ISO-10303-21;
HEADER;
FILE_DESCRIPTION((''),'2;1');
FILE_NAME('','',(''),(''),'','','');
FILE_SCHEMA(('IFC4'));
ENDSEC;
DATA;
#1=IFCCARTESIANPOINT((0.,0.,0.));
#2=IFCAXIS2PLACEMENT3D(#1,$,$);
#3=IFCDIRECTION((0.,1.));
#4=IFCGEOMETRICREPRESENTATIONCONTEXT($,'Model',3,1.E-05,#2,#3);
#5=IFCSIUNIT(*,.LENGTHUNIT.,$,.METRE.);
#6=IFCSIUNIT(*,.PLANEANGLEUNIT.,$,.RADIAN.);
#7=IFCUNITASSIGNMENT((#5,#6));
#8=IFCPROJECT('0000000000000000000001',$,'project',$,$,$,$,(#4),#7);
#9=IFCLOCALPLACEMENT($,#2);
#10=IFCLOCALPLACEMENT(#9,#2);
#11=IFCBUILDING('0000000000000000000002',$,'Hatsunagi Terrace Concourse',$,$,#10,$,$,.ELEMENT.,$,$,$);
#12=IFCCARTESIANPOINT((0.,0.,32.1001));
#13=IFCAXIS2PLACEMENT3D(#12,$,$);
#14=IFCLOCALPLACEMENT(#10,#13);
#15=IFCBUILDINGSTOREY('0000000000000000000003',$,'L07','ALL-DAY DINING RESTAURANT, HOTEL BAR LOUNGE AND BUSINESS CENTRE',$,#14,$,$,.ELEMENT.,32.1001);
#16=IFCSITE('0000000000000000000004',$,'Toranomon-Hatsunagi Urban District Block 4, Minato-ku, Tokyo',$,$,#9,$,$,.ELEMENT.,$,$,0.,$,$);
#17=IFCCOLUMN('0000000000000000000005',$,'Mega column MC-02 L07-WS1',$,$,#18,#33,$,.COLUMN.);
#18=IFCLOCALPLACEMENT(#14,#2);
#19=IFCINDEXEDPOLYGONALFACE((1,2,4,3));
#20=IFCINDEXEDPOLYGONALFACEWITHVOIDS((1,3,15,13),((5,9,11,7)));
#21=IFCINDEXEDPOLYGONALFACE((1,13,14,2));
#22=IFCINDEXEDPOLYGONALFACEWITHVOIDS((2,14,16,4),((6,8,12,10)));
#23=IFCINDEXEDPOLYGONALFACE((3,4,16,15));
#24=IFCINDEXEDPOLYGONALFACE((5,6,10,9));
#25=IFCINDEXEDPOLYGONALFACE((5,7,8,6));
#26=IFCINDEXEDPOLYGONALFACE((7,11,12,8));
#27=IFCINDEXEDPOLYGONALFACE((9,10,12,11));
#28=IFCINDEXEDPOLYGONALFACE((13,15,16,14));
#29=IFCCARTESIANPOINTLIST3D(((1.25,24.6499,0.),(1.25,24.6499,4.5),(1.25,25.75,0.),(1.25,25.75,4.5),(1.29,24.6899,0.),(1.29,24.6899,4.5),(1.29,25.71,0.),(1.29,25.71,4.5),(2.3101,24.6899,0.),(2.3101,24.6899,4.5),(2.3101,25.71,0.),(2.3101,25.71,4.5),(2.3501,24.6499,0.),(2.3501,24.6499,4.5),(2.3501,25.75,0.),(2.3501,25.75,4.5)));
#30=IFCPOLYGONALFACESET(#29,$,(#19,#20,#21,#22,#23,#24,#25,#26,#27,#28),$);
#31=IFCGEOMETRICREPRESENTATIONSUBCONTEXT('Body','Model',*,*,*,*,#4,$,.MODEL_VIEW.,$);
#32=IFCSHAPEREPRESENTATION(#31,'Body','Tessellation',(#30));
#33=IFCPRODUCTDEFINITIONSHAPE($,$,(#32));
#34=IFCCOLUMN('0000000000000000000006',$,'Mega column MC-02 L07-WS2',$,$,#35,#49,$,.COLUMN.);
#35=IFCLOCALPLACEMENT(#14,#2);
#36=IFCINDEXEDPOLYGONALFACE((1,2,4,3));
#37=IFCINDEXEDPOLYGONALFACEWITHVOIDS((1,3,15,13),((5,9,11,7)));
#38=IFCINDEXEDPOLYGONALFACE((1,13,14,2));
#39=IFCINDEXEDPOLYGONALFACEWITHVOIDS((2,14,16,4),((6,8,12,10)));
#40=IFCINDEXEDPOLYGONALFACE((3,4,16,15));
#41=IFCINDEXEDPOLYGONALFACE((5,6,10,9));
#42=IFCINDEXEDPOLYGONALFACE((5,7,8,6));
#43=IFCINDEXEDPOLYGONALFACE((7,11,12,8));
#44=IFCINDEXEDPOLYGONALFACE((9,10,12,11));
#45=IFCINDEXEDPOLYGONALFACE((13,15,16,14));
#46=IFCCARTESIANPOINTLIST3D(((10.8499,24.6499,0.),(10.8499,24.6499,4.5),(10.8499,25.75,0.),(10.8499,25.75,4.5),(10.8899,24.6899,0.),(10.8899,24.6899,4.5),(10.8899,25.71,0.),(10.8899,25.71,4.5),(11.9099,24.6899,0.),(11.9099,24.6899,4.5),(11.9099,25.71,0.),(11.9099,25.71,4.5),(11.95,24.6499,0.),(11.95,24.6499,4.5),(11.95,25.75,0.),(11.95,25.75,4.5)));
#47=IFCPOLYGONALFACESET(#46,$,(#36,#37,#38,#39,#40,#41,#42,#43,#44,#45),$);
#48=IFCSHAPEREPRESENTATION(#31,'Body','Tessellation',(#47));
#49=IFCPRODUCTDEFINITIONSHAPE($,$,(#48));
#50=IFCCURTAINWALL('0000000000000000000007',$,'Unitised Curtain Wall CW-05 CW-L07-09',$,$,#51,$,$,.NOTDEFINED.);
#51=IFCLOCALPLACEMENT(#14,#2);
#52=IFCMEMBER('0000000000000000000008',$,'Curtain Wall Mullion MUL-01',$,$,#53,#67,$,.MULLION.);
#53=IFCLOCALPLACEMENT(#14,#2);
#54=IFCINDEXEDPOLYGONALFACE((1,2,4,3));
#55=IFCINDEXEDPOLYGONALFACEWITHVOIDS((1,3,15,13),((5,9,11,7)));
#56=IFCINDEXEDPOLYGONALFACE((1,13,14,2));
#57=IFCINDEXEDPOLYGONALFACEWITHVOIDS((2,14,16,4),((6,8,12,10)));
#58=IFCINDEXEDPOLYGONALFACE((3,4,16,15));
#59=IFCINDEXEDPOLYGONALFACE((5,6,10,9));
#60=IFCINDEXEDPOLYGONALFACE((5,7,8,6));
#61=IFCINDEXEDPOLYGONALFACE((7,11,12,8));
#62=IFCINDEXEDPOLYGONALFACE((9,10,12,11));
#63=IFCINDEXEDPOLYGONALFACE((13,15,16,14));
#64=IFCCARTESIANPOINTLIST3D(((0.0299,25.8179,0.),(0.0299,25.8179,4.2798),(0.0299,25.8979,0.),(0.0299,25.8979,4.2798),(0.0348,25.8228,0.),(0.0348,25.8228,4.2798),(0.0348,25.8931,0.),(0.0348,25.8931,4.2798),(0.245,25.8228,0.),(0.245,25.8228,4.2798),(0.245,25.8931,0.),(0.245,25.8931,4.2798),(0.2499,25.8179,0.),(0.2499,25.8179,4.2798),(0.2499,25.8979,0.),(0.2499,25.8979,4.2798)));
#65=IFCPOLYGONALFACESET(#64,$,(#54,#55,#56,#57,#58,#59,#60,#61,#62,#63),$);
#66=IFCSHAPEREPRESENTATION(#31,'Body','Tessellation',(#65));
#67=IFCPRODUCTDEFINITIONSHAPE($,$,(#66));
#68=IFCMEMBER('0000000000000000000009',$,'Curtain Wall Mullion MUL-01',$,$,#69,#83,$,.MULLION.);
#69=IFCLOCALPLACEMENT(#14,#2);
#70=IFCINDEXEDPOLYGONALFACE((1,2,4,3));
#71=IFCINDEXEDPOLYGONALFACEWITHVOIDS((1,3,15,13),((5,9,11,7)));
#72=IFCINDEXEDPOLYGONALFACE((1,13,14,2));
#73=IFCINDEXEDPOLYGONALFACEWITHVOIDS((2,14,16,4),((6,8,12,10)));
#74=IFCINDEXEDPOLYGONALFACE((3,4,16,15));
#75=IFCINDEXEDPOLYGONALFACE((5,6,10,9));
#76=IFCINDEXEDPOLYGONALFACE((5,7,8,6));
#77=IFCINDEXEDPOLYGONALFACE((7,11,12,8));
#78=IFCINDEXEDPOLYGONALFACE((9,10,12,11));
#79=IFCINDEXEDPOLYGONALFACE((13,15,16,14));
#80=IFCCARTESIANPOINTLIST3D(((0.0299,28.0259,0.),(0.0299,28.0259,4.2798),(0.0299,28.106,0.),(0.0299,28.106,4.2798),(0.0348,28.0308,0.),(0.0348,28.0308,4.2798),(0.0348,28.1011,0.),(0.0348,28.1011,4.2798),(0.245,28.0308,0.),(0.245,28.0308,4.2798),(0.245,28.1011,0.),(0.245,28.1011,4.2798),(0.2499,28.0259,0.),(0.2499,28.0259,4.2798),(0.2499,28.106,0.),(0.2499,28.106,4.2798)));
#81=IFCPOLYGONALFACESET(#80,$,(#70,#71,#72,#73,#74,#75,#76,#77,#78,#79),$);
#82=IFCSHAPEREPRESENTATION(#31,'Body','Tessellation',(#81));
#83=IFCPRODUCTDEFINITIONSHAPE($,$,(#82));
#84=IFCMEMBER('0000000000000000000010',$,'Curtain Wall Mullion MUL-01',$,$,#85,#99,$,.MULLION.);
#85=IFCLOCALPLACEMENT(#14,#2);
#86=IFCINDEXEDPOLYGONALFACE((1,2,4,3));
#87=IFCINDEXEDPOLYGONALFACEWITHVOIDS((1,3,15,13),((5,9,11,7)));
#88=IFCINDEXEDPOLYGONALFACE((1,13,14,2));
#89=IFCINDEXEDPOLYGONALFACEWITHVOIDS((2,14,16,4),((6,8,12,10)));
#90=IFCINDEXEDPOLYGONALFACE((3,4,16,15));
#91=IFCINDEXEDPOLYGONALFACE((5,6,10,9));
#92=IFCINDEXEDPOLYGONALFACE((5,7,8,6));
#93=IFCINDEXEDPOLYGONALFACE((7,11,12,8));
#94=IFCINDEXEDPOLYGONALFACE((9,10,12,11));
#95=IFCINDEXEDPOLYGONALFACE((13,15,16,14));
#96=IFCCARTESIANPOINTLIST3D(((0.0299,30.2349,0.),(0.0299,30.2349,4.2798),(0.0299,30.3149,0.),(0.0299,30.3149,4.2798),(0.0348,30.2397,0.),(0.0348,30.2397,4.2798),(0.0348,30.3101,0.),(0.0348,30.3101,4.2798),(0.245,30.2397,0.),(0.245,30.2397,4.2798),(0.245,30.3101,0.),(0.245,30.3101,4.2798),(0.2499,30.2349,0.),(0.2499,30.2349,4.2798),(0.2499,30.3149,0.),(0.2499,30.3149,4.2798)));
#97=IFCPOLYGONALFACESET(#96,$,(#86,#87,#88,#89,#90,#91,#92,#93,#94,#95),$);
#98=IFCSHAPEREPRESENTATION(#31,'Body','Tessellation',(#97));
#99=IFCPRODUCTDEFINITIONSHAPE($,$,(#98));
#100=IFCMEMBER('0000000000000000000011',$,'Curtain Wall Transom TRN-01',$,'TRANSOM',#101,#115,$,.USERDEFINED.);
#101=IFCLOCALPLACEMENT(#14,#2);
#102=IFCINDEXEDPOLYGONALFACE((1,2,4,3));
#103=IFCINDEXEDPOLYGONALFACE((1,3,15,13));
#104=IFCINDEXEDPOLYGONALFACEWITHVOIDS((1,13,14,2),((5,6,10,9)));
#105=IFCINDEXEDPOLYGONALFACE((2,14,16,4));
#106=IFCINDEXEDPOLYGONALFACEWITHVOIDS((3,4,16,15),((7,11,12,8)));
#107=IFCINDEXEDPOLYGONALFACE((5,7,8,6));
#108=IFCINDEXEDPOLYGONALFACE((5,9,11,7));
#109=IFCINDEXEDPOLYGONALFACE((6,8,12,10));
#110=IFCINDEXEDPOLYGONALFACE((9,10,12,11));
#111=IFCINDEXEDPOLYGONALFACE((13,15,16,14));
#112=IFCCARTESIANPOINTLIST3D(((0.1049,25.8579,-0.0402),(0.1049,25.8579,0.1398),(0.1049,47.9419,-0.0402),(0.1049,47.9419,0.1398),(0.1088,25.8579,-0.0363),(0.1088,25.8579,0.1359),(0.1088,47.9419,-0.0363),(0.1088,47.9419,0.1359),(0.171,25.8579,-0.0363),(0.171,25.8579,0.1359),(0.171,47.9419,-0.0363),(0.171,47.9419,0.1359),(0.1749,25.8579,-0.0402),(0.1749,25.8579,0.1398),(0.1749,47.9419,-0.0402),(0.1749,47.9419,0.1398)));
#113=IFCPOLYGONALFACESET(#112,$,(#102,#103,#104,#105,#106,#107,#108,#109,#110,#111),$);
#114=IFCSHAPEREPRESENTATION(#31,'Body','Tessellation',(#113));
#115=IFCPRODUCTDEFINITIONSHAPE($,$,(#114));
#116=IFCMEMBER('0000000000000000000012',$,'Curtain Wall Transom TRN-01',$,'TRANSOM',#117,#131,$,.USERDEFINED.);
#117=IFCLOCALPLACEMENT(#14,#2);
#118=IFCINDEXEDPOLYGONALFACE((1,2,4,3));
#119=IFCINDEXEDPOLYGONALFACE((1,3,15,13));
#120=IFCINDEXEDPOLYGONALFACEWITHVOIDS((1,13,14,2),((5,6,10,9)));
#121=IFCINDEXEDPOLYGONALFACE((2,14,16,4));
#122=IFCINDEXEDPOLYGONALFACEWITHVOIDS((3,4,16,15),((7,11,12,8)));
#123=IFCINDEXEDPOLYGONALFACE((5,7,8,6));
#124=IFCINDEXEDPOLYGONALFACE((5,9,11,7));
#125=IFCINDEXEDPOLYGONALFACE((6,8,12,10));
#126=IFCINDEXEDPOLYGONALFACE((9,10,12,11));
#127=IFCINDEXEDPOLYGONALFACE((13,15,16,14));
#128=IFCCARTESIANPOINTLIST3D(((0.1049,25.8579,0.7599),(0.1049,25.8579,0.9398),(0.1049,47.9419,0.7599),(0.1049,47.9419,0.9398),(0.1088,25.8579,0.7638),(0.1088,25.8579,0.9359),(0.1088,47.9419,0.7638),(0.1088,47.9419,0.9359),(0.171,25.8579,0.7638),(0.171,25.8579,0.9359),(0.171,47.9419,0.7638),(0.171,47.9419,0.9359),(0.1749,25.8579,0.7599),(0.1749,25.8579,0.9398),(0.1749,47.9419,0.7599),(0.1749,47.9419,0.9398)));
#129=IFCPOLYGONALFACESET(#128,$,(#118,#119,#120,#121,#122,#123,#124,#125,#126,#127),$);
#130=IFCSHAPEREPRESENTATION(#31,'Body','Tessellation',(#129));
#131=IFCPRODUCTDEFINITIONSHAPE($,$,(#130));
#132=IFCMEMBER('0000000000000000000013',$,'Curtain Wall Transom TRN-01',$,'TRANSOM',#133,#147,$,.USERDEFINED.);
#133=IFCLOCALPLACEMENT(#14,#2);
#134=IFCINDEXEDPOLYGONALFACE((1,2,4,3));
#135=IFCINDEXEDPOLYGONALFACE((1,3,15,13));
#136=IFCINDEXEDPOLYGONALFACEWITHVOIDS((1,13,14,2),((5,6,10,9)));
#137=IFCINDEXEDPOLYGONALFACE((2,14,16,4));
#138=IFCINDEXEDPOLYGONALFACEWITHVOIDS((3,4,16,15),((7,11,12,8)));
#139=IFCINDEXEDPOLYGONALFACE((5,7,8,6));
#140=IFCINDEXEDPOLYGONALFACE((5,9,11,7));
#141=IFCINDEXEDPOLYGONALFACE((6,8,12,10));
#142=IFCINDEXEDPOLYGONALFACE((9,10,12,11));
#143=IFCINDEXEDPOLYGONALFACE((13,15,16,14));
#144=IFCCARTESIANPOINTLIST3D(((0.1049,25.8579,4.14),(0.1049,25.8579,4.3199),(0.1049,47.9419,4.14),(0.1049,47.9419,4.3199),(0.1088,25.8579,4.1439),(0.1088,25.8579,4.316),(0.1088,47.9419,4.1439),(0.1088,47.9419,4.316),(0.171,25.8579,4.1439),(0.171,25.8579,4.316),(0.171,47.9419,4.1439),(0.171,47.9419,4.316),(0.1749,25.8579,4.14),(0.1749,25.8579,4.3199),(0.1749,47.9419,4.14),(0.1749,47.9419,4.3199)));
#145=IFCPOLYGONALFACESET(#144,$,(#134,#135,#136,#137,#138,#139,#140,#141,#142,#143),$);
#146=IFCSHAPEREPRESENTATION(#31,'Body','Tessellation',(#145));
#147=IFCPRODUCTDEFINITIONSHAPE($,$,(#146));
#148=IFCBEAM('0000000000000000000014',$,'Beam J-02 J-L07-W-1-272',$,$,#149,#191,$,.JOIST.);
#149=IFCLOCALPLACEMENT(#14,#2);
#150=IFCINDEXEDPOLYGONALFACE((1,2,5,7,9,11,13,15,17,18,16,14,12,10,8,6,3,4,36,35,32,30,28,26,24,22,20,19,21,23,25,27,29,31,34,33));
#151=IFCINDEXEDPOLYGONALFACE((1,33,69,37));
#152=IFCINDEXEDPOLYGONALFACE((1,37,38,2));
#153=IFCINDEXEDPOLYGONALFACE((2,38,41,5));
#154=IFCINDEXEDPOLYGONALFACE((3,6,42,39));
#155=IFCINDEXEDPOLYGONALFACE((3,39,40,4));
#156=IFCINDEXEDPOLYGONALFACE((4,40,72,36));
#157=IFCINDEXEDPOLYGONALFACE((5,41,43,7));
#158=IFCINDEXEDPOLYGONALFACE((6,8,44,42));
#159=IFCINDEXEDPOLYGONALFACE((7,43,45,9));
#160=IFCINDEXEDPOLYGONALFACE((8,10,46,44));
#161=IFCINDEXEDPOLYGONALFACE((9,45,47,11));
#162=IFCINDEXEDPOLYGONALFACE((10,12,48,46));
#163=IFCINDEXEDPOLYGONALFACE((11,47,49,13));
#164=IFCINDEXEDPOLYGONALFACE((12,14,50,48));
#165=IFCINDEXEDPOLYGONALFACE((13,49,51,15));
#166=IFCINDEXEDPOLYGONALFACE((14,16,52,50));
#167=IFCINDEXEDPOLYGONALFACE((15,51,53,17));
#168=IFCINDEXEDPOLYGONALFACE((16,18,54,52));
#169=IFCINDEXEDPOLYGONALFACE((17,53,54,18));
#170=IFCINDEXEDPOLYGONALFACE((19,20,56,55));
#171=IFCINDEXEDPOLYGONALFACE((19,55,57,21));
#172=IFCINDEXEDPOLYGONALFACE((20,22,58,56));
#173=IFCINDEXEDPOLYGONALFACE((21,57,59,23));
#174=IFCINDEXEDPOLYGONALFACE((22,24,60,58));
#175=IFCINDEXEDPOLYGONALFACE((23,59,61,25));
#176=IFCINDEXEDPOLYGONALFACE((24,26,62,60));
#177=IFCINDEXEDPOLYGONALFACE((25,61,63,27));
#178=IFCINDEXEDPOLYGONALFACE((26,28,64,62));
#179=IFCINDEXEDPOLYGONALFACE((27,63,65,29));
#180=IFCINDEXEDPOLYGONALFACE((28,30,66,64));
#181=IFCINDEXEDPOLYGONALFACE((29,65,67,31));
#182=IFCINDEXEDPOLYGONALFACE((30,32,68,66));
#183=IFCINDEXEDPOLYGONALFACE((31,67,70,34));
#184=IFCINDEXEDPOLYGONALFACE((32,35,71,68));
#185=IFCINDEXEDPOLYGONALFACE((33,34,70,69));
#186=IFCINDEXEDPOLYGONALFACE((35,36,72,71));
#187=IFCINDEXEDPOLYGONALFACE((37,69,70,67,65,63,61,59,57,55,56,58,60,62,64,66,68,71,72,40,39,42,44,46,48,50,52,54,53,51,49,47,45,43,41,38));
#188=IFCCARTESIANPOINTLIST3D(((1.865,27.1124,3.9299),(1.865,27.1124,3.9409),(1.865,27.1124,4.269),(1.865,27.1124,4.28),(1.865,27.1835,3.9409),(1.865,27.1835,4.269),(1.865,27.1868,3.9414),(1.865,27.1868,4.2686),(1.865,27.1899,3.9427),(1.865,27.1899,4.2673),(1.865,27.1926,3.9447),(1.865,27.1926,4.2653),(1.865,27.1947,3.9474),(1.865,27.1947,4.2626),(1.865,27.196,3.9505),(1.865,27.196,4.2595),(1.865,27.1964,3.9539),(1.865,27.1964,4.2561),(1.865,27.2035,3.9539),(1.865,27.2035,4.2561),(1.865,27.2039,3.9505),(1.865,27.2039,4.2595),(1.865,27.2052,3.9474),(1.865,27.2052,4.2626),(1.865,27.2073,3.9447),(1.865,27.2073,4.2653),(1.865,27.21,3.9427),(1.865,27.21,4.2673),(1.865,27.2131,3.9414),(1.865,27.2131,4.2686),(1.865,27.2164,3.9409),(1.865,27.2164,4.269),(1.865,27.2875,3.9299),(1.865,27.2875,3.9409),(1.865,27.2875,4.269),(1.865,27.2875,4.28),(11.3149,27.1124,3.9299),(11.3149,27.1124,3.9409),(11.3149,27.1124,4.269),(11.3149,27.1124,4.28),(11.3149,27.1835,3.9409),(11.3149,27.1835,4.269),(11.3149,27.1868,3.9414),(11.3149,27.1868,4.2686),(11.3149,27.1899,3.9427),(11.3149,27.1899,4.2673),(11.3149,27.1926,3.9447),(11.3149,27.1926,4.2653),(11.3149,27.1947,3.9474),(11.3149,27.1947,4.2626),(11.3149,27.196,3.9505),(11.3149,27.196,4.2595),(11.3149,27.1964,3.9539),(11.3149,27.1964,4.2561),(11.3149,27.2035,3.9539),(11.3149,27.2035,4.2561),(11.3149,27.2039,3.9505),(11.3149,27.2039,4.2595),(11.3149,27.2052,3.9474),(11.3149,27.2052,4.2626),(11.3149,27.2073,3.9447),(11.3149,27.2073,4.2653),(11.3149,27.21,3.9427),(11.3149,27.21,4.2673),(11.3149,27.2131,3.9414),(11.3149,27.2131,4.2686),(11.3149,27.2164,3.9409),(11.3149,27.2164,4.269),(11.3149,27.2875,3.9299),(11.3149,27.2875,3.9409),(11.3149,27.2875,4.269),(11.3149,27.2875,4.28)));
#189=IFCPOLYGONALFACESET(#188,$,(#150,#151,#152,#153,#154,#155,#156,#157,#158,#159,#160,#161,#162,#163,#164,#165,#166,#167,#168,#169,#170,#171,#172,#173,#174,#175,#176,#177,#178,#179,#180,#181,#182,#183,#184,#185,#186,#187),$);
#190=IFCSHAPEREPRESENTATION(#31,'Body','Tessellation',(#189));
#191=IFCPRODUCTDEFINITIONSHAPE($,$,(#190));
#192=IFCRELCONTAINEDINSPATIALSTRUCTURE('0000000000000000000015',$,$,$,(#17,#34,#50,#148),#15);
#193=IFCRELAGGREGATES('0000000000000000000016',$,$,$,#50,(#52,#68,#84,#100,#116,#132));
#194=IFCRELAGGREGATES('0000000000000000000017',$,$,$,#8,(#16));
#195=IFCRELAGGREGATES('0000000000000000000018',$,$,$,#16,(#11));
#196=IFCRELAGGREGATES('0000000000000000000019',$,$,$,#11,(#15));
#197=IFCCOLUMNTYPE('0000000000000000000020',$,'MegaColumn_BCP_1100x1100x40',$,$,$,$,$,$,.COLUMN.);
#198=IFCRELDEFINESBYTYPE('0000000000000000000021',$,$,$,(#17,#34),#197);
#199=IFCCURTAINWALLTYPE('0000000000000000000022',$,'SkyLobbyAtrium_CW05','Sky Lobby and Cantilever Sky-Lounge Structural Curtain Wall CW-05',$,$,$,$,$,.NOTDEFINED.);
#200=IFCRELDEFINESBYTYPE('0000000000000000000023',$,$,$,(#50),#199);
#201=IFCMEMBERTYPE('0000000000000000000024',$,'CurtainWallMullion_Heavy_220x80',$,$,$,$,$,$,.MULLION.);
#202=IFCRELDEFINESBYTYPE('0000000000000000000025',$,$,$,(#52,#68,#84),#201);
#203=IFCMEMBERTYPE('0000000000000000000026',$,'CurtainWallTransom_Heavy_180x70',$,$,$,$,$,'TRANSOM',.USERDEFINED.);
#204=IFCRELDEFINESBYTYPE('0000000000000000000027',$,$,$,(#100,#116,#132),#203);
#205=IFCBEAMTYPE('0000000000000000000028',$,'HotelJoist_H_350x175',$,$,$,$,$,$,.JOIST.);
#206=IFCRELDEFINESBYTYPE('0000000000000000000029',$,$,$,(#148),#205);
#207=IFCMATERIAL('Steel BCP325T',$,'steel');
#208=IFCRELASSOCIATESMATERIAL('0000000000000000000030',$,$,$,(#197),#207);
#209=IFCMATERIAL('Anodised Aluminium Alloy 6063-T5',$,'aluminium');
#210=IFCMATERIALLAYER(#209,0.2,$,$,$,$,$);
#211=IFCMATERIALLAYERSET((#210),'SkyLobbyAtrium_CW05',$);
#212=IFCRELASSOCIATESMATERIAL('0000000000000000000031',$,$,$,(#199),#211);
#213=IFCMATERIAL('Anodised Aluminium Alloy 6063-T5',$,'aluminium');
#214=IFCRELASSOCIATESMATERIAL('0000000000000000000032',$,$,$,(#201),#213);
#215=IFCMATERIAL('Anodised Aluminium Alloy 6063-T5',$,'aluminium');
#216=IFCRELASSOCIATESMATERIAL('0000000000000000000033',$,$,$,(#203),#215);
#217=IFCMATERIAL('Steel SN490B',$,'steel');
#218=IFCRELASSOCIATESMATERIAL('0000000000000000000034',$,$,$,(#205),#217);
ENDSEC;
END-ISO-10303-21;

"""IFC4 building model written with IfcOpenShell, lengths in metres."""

from ifc_helpers import new_model, si_unit, direction, frame, origin, origin_2d, place, context, subcontext, project, spatial, hollow_rectangle, i_section, extrude, material, layer, layer_set, material_profile, profile_set, type_object, element, aggregate, save


model = new_model("IFC4")

# Units and contexts
model_context = context("Model", 3, precision=1e-05, world=origin(), true_north=direction((0.0, 1.0)))
body_context = subcontext(model_context, "Body", "Model", "MODEL_VIEW")
ifc_project = project(units=[si_unit("LENGTHUNIT", "METRE"), si_unit("PLANEANGLEUNIT", "RADIAN")], contexts=[model_context])

# Site, building, storey
site_placement = place(None, origin())
site = spatial("IfcSite", under=ifc_project, at=site_placement, Name="Toranomon-Hatsunagi Urban District Block 4, Minato-ku, Tokyo", CompositionType="ELEMENT", RefElevation=0.0)
building_placement = place(site_placement, origin())
building = spatial("IfcBuilding", under=site, at=building_placement, Name="Hatsunagi Terrace Concourse", CompositionType="ELEMENT")
storey_placement = place(building_placement, frame((0.0, 0.0, 32.1001)))
storey = spatial("IfcBuildingStorey", under=building, at=storey_placement, Name="L07", Description="ALL-DAY DINING RESTAURANT, HOTEL BAR LOUNGE AND BUSINESS CENTRE", CompositionType="ELEMENT", Elevation=32.1001)

# Columns
ifc_material_1 = material(Name="Steel BCP325T", Category="steel")
ifc_material_profile_1 = material_profile(ifc_material_1, hollow_rectangle(XDim=1.1001, YDim=1.1001, WallThickness=0.04, at=origin_2d()), Name="BCP-1100x1100x40")
ifc_profile_set_1 = profile_set([ifc_material_profile_1], Name="Steel BCP325T")
column_type = type_object("IfcColumnType", Name="MegaColumn_BCP_1100x1100x40", PredefinedType="COLUMN", material=ifc_profile_set_1)
for number, where, z_axis, x_axis, name in (
    (1, (1.8, 25.2, 0.0), (0.0, 0.0, 1.0), (1.0, 0.0, 0.0), "Mega column MC-02 L07-WS1"),
    (2, (11.3999, 25.2, 0.0), (0.0, 0.0, 1.0), (1.0, 0.0, 0.0), "Mega column MC-02 L07-WS2"),
):
    element("IfcColumn", number, at=place(storey_placement, frame(where, z_axis=z_axis, x_axis=x_axis)), inside=storey, type_object=column_type, Name=name, PredefinedType="COLUMN", context=body_context, shape_type="SweptSolid", body=[
        extrude(hollow_rectangle(XDim=1.1001, YDim=1.1001, WallThickness=0.04, at=origin_2d()), origin(), (0.0, 0.0, 1.0), 4.5),
    ])

# Curtain wall, members
ifc_material_2 = material(Name="Anodised Aluminium Alloy 6063-T5", Category="aluminium")
ifc_layer_1 = layer(ifc_material_2, 0.2)
ifc_layer_set_1 = layer_set([ifc_layer_1], Name="SkyLobbyAtrium_CW05")
curtain_wall_type = type_object("IfcCurtainWallType", Name="SkyLobbyAtrium_CW05", Description="Sky Lobby and Cantilever Sky-Lounge Structural Curtain Wall CW-05", PredefinedType="NOTDEFINED", material=ifc_layer_set_1)
curtain_wall_placement = place(storey_placement, origin())
curtain_wall = element("IfcCurtainWall", 3, at=curtain_wall_placement, inside=storey, type_object=curtain_wall_type, Name="Unitised Curtain Wall CW-05 CW-L07-09", PredefinedType="NOTDEFINED")
ifc_material_3 = material(Name="Anodised Aluminium Alloy 6063-T5", Category="aluminium")
ifc_material_profile_2 = material_profile(ifc_material_3, hollow_rectangle(XDim=0.0801, YDim=0.22, WallThickness=0.0049, at=origin_2d()), Name="ALU-MUL-220x80x5")
ifc_profile_set_2 = profile_set([ifc_material_profile_2], Name="Anodised Aluminium Alloy 6063-T5")
member_type_1 = type_object("IfcMemberType", Name="CurtainWallMullion_Heavy_220x80", PredefinedType="MULLION", material=ifc_profile_set_2)
member_1_placement = place(storey_placement, frame((0.1399, 25.8579, 0.0), z_axis=(0.0, 0.0, 1.0), x_axis=(0.0, 1.0, 0.0)))
member_1 = element("IfcMember", 4, at=member_1_placement, type_object=member_type_1, Name="Curtain Wall Mullion MUL-01", PredefinedType="MULLION", context=body_context, shape_type="SweptSolid", body=[
    extrude(hollow_rectangle(XDim=0.0801, YDim=0.22, WallThickness=0.0049, at=origin_2d()), origin(), (0.0, 0.0, 1.0), 4.2798),
])
member_2_placement = place(storey_placement, frame((0.1399, 28.0659, 0.0), z_axis=(0.0, 0.0, 1.0), x_axis=(0.0, 1.0, 0.0)))
member_2 = element("IfcMember", 5, at=member_2_placement, type_object=member_type_1, Name="Curtain Wall Mullion MUL-01", PredefinedType="MULLION", context=body_context, shape_type="SweptSolid", body=[
    extrude(hollow_rectangle(XDim=0.0801, YDim=0.22, WallThickness=0.0049, at=origin_2d()), origin(), (0.0, 0.0, 1.0), 4.2798),
])
member_3_placement = place(storey_placement, frame((0.1399, 30.2749, 0.0), z_axis=(0.0, 0.0, 1.0), x_axis=(0.0, 1.0, 0.0)))
member_3 = element("IfcMember", 6, at=member_3_placement, type_object=member_type_1, Name="Curtain Wall Mullion MUL-01", PredefinedType="MULLION", context=body_context, shape_type="SweptSolid", body=[
    extrude(hollow_rectangle(XDim=0.0801, YDim=0.22, WallThickness=0.0049, at=origin_2d()), origin(), (0.0, 0.0, 1.0), 4.2798),
])
ifc_material_4 = material(Name="Anodised Aluminium Alloy 6063-T5", Category="aluminium")
ifc_material_profile_3 = material_profile(ifc_material_4, hollow_rectangle(XDim=0.0701, YDim=0.1799, WallThickness=0.0039, at=origin_2d()), Name="ALU-TRN-180x70x4")
ifc_profile_set_3 = profile_set([ifc_material_profile_3], Name="Anodised Aluminium Alloy 6063-T5")
member_type_2 = type_object("IfcMemberType", Name="CurtainWallTransom_Heavy_180x70", ElementType="TRANSOM", PredefinedType="USERDEFINED", material=ifc_profile_set_3)
member_4_placement = place(storey_placement, frame((0.1399, 25.8579, 0.0498), z_axis=(0.0, 1.0, 0.0), x_axis=(-1.0, 0.0, 0.0)))
member_4 = element("IfcMember", 7, at=member_4_placement, type_object=member_type_2, Name="Curtain Wall Transom TRN-01", ObjectType="TRANSOM", PredefinedType="USERDEFINED", context=body_context, shape_type="SweptSolid", body=[
    extrude(hollow_rectangle(XDim=0.0701, YDim=0.1799, WallThickness=0.0039, at=origin_2d()), origin(), (0.0, 0.0, 1.0), 22.084),
])
member_5_placement = place(storey_placement, frame((0.1399, 25.8579, 0.8499), z_axis=(0.0, 1.0, 0.0), x_axis=(-1.0, 0.0, 0.0)))
member_5 = element("IfcMember", 8, at=member_5_placement, type_object=member_type_2, Name="Curtain Wall Transom TRN-01", ObjectType="TRANSOM", PredefinedType="USERDEFINED", context=body_context, shape_type="SweptSolid", body=[
    extrude(hollow_rectangle(XDim=0.0701, YDim=0.1799, WallThickness=0.0039, at=origin_2d()), origin(), (0.0, 0.0, 1.0), 22.084),
])
member_6_placement = place(storey_placement, frame((0.1399, 25.8579, 4.23), z_axis=(0.0, 1.0, 0.0), x_axis=(-1.0, 0.0, 0.0)))
member_6 = element("IfcMember", 9, at=member_6_placement, type_object=member_type_2, Name="Curtain Wall Transom TRN-01", ObjectType="TRANSOM", PredefinedType="USERDEFINED", context=body_context, shape_type="SweptSolid", body=[
    extrude(hollow_rectangle(XDim=0.0701, YDim=0.1799, WallThickness=0.0039, at=origin_2d()), origin(), (0.0, 0.0, 1.0), 22.084),
])

# Beam
ifc_material_5 = material(Name="Steel SN490B", Category="steel")
ifc_material_profile_4 = material_profile(ifc_material_5, i_section(OverallWidth=0.175, OverallDepth=0.3501, WebThickness=0.0071, FlangeThickness=0.011, FilletRadius=0.0129, at=origin_2d()), Name="H-350x175x7x11")
ifc_profile_set_4 = profile_set([ifc_material_profile_4], Name="Steel SN490B")
beam_type_1 = type_object("IfcBeamType", Name="HotelJoist_H_350x175", PredefinedType="JOIST", material=ifc_profile_set_4)
for number, where, z_axis, x_axis, name in (
    (10, (1.865, 27.2, 4.105), (1.0, 0.0, 0.0), (0.0, 1.0, 0.0), "Beam J-02 J-L07-W-1-272"),
):
    element("IfcBeam", number, at=place(storey_placement, frame(where, z_axis=z_axis, x_axis=x_axis)), inside=storey, type_object=beam_type_1, Name=name, PredefinedType="JOIST", context=body_context, shape_type="SweptSolid", body=[
        extrude(i_section(OverallWidth=0.175, OverallDepth=0.3501, WebThickness=0.0071, FlangeThickness=0.011, FilletRadius=0.0129, at=origin_2d()), origin(), (0.0, 0.0, 1.0), 9.45),
    ])

aggregate(curtain_wall, [member_1, member_2, member_3, member_4, member_5, member_6])

save(model, "model.ifc")
